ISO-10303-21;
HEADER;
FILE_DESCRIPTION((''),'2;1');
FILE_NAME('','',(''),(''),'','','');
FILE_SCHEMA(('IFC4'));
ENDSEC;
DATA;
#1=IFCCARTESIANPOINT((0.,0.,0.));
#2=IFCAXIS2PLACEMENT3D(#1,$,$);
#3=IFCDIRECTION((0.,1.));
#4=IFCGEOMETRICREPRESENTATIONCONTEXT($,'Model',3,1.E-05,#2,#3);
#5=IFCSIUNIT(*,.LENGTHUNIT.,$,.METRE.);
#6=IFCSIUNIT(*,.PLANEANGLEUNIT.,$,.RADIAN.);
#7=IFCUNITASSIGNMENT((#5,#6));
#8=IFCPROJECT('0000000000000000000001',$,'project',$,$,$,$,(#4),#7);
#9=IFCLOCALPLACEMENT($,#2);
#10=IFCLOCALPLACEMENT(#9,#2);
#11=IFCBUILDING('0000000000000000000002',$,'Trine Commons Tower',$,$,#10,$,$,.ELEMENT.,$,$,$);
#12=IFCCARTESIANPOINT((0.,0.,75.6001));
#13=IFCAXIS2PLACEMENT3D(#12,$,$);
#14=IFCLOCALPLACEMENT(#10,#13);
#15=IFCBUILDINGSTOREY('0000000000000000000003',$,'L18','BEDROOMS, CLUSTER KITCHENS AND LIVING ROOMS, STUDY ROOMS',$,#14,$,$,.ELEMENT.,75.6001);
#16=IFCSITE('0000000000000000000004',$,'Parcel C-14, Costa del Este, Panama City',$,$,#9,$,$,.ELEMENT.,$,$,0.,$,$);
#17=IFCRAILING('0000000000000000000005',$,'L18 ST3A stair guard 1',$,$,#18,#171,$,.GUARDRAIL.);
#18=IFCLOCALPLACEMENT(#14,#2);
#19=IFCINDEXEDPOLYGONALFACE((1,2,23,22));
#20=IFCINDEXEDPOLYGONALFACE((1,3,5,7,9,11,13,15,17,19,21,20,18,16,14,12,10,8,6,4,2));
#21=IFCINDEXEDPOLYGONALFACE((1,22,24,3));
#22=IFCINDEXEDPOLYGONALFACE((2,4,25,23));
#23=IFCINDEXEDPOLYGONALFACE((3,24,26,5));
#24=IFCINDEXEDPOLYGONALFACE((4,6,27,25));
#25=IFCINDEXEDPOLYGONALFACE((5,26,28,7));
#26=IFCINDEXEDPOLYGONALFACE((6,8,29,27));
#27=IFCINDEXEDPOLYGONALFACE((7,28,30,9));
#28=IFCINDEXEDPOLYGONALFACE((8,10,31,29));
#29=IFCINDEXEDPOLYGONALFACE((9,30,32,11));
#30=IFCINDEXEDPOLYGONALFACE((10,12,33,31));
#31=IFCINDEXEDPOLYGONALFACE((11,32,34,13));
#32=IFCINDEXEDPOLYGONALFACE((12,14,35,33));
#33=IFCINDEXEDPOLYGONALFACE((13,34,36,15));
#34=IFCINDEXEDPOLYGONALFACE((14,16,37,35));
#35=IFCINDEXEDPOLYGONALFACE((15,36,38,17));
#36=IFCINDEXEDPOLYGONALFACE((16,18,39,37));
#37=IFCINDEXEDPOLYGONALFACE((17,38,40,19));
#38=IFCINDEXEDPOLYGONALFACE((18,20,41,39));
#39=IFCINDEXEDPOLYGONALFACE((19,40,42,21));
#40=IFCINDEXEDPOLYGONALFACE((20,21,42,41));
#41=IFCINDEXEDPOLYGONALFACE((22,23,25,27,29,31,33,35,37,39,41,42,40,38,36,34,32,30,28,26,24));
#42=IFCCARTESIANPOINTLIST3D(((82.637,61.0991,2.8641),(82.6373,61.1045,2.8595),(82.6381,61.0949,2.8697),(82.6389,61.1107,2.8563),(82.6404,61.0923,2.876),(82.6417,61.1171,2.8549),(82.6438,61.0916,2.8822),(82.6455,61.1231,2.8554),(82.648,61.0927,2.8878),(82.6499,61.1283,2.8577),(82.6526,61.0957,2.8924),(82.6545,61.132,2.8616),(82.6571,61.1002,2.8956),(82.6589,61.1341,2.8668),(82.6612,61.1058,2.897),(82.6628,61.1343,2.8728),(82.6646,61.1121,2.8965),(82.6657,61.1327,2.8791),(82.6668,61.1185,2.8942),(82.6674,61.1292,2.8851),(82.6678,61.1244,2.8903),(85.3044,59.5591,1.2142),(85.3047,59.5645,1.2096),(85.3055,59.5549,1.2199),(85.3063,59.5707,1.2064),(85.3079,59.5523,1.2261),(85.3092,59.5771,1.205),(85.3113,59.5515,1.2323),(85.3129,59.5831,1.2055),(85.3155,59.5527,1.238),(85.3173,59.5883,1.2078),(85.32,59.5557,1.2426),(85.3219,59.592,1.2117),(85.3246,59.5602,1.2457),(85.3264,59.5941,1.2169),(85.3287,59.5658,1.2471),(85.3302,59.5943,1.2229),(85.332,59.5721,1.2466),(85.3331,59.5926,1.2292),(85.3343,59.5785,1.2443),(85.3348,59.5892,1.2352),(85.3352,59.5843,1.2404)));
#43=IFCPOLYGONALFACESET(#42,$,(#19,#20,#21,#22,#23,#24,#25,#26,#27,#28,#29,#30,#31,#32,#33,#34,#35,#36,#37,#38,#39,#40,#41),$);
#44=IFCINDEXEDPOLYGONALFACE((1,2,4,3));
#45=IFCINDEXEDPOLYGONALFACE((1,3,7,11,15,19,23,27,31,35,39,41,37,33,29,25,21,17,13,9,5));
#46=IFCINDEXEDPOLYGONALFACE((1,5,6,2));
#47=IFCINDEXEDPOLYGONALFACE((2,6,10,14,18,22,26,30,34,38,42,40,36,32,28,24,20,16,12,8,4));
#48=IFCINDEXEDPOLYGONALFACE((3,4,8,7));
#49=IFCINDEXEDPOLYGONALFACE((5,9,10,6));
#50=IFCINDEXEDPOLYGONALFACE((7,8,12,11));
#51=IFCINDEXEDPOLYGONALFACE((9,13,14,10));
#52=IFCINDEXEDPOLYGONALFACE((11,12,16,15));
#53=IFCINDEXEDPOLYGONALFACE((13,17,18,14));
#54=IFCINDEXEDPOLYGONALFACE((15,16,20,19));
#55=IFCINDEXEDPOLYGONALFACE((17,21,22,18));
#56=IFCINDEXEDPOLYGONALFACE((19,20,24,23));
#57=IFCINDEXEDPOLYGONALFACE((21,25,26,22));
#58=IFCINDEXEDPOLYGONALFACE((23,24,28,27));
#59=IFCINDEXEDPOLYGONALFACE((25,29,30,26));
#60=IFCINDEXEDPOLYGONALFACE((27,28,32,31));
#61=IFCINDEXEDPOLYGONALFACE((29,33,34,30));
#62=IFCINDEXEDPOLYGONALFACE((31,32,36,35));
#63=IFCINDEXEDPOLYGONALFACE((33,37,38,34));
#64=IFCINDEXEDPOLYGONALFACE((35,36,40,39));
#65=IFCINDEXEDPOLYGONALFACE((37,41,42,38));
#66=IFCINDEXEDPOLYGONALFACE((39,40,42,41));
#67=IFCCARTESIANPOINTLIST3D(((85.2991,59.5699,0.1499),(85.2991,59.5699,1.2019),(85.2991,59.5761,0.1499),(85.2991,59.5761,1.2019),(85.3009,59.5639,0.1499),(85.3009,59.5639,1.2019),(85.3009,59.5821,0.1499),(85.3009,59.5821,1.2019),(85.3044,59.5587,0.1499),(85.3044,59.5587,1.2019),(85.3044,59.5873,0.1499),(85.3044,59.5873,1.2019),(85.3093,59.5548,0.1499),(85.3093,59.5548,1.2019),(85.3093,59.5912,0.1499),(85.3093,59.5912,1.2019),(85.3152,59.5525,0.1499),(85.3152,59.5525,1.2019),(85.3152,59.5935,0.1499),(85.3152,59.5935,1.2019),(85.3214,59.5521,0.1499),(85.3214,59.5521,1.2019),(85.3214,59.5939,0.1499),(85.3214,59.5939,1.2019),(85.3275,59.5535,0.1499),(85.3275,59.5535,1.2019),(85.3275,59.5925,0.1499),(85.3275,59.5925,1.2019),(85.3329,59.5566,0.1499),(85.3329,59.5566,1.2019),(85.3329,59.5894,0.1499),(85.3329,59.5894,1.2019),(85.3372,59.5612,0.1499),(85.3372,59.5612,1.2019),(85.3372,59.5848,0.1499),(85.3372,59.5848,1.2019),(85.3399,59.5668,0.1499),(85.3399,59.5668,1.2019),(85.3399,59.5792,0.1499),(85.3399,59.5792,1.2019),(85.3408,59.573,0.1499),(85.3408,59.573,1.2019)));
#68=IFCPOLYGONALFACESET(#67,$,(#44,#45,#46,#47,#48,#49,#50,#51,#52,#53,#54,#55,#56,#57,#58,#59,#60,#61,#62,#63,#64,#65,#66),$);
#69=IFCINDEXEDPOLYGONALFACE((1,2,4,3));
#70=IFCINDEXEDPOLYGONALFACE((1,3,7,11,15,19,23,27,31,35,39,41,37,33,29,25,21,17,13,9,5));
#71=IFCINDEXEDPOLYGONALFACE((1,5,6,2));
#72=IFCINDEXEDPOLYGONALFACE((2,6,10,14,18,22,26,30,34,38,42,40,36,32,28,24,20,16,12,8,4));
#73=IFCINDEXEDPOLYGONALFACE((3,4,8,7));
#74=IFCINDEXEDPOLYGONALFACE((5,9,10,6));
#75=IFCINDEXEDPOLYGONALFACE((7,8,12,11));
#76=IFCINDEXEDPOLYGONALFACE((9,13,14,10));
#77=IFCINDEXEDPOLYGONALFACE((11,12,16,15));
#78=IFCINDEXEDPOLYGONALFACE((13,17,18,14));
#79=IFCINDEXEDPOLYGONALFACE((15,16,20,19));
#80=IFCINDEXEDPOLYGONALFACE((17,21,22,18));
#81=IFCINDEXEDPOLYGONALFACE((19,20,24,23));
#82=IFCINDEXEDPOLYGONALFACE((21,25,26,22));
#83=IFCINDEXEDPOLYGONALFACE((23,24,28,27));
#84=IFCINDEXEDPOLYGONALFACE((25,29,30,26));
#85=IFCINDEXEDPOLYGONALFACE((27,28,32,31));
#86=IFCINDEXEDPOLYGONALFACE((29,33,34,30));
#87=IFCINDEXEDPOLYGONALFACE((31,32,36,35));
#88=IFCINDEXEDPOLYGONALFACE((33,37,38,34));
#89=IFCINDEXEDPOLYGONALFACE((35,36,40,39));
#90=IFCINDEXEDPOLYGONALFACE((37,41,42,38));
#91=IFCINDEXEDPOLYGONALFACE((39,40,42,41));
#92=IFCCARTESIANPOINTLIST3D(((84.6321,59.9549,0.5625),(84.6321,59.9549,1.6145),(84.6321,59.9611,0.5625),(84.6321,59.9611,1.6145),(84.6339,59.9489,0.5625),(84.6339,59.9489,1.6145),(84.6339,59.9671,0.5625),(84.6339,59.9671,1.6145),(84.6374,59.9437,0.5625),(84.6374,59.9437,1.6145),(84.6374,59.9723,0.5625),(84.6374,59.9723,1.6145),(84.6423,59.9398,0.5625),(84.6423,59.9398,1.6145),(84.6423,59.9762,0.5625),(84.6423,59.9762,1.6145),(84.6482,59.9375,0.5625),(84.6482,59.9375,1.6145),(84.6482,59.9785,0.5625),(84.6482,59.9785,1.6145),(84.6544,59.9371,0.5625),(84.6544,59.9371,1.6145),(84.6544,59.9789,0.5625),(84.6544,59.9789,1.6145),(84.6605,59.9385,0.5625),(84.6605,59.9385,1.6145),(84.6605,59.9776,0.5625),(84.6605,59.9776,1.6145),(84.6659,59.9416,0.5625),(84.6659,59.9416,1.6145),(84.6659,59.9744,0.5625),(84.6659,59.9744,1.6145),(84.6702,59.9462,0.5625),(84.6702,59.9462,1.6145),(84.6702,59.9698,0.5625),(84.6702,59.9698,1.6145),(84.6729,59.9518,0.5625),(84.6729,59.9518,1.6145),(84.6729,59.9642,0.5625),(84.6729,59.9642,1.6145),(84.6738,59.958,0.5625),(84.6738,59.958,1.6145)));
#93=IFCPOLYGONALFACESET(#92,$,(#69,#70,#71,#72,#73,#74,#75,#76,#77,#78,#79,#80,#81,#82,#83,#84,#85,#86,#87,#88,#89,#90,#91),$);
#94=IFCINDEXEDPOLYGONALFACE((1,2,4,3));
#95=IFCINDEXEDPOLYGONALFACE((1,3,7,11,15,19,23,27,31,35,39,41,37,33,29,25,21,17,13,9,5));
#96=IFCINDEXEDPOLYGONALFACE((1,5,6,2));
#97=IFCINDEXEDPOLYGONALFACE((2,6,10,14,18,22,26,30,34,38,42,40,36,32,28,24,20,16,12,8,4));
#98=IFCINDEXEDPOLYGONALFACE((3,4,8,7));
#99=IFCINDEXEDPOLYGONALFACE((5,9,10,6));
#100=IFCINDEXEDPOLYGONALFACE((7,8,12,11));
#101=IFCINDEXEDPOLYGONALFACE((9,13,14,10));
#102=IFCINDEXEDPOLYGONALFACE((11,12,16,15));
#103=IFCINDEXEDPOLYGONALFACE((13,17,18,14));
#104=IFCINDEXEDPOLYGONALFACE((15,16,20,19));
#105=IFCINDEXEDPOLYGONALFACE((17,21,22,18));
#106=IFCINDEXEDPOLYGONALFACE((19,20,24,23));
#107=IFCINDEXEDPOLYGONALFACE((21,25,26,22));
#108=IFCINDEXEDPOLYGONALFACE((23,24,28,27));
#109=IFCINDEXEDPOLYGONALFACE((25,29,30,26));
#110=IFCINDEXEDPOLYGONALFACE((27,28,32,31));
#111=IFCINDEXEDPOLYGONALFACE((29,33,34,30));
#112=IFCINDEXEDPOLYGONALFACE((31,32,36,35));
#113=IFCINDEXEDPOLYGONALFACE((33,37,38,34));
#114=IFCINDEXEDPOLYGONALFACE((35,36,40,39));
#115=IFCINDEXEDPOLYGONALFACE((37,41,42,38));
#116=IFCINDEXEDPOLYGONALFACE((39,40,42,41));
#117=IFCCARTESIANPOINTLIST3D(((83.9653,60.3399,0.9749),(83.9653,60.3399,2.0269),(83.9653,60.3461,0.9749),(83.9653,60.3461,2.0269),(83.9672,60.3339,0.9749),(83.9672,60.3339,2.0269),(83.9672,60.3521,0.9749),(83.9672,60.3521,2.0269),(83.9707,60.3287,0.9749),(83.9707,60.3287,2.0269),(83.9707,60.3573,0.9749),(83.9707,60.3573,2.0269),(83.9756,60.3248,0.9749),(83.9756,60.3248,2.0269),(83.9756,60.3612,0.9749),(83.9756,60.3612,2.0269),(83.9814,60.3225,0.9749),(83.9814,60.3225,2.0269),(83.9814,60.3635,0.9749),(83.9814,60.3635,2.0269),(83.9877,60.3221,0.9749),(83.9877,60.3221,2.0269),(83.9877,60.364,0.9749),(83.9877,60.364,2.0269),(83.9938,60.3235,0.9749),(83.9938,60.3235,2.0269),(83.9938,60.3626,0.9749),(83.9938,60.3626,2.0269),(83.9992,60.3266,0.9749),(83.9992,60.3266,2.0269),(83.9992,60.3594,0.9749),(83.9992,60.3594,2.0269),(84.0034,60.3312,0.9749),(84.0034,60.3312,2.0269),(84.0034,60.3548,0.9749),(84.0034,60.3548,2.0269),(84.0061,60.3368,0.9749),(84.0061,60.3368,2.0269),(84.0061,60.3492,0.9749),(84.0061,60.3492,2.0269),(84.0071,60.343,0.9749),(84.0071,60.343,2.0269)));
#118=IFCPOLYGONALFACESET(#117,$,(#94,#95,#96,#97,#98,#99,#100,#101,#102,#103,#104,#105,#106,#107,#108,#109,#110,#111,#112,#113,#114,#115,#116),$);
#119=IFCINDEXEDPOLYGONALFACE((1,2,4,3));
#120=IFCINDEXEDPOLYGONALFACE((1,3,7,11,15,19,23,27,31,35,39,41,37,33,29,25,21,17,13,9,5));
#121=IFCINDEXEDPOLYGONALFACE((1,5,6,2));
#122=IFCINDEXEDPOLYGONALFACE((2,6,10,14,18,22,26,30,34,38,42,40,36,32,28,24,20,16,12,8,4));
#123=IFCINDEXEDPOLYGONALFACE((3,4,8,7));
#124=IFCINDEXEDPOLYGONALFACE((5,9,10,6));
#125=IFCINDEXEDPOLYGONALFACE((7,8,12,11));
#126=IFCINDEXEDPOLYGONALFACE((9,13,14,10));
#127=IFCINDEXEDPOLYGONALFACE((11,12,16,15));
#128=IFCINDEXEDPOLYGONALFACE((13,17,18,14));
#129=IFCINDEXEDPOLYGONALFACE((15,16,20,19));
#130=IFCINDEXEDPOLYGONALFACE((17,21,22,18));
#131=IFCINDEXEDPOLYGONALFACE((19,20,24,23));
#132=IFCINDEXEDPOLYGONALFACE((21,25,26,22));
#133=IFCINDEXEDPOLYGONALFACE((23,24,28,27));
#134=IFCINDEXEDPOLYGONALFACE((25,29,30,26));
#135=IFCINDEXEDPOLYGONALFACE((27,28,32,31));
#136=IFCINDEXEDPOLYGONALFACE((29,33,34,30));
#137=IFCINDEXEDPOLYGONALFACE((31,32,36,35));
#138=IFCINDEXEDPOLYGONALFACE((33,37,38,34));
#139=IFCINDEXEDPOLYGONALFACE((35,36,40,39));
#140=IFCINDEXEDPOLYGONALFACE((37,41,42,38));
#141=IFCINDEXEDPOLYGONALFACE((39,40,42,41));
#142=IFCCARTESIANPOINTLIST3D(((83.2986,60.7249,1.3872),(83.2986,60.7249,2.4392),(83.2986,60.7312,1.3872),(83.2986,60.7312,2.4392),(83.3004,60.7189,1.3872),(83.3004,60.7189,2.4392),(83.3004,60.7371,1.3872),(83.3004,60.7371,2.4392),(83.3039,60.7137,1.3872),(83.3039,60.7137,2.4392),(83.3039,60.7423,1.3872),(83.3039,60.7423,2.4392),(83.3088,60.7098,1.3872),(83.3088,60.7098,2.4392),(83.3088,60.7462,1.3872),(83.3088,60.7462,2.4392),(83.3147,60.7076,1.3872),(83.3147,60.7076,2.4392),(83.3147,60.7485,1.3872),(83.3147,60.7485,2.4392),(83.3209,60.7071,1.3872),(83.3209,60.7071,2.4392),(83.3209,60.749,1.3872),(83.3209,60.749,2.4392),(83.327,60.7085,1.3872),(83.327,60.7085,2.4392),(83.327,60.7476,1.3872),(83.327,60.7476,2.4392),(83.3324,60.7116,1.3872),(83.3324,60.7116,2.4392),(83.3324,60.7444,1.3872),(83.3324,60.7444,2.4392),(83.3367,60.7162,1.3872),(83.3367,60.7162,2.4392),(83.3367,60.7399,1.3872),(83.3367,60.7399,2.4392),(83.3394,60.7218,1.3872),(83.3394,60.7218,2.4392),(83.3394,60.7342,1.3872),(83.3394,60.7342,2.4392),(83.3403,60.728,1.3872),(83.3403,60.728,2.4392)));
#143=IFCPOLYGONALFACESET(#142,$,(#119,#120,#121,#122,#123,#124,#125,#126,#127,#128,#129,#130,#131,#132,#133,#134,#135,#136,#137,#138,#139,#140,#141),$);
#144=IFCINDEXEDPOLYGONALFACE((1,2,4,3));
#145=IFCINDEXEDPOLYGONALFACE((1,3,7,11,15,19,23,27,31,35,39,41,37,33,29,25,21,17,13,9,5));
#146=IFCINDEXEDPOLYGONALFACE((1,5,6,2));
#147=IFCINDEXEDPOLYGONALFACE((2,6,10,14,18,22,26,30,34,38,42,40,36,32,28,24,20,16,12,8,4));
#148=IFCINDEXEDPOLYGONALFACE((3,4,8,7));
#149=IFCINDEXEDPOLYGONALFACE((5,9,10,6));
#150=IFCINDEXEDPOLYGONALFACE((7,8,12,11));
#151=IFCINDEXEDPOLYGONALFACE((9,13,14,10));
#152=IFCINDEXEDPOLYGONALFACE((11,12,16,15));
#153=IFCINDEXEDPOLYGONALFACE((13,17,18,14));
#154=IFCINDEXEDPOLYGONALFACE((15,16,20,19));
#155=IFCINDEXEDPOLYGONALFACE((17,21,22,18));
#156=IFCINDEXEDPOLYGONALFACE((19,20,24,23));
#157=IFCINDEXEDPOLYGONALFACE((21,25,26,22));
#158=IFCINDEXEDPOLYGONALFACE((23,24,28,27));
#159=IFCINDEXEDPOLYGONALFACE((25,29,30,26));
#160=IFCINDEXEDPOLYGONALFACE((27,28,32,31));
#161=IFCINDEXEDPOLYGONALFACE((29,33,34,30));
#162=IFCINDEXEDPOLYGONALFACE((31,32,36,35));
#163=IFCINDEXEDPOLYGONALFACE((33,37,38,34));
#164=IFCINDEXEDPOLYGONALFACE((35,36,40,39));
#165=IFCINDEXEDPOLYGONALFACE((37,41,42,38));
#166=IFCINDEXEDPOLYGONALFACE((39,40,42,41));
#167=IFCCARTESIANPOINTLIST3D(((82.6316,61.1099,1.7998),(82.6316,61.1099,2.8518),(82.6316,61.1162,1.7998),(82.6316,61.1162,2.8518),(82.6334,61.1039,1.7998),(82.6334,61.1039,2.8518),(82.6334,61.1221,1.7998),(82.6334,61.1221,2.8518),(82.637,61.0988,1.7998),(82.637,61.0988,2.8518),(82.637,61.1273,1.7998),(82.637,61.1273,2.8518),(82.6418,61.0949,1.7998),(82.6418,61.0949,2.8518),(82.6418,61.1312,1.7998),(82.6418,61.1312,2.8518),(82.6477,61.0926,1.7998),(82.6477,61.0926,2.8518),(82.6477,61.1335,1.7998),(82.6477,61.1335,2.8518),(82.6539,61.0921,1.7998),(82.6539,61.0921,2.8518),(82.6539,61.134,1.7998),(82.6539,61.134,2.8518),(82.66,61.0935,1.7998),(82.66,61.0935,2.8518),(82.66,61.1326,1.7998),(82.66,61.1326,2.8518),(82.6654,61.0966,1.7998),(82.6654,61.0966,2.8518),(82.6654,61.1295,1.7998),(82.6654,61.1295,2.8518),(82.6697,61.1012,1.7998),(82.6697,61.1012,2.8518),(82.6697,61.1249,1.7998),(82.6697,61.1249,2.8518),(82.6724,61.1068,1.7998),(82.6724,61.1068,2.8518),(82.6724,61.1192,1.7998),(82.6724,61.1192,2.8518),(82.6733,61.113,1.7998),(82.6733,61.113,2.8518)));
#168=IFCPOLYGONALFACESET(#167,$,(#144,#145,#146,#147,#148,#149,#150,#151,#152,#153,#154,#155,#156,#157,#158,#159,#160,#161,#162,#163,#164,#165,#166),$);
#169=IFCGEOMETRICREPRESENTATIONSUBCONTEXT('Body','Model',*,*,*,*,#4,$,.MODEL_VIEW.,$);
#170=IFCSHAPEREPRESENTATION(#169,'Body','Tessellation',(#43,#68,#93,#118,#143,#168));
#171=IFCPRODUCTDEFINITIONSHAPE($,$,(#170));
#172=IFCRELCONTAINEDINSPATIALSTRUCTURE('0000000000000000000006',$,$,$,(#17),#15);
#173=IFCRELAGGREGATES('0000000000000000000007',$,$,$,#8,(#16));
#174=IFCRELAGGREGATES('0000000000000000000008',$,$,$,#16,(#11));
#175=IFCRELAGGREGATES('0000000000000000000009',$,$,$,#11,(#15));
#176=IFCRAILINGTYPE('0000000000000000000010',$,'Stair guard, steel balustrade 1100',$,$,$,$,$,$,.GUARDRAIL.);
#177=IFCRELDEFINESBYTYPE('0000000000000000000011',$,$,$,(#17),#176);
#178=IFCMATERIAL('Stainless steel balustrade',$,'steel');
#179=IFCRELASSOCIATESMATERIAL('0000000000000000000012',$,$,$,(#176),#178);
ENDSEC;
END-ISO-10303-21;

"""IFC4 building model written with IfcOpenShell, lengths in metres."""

from ifc_helpers import new_model, si_unit, direction, frame, origin, origin_2d, place, context, subcontext, project, spatial, circle, extrude, material, type_object, element, save


model = new_model("IFC4")

# Units and contexts
model_context = context("Model", 3, precision=1e-05, world=origin(), true_north=direction((0.0, 1.0)))
body_context = subcontext(model_context, "Body", "Model", "MODEL_VIEW")
ifc_project = project(units=[si_unit("LENGTHUNIT", "METRE"), si_unit("PLANEANGLEUNIT", "RADIAN")], contexts=[model_context])

# Site, building, storey
site_placement = place(None, origin())
site = spatial("IfcSite", under=ifc_project, at=site_placement, Name="Parcel C-14, Costa del Este, Panama City", CompositionType="ELEMENT", RefElevation=0.0)
building_placement = place(site_placement, origin())
building = spatial("IfcBuilding", under=site, at=building_placement, Name="Trine Commons Tower", CompositionType="ELEMENT")
storey_placement = place(building_placement, frame((0.0, 0.0, 75.6001)))
storey = spatial("IfcBuildingStorey", under=building, at=storey_placement, Name="L18", Description="BEDROOMS, CLUSTER KITCHENS AND LIVING ROOMS, STUDY ROOMS", CompositionType="ELEMENT", Elevation=75.6001)

# Railing
ifc_material_1 = material(Name="Stainless steel balustrade", Category="steel")
railing_type_1 = type_object("IfcRailingType", Name="Stair guard, steel balustrade 1100", PredefinedType="GUARDRAIL", material=ifc_material_1)
railing_1_placement = place(storey_placement, frame((85.3198, 59.573, 0.1499)))
element("IfcRailing", 1, at=railing_1_placement, inside=storey, type_object=railing_type_1, Name="L18 ST3A stair guard 1", PredefinedType="GUARDRAIL", context=body_context, shape_type="SweptSolid", body=[
    extrude(circle(Radius=0.0239, at=origin_2d()), frame((0.0, 0.0, 1.0762), z_axis=(-0.763405, 0.440743, 0.472185), x_axis=(-0.499992, -0.86603, 0.0)), (0.0, 0.0, 1.0), 3.4941),
    extrude(circle(Radius=0.021, at=origin_2d()), origin(), (0.0, 0.0, 1.0), 1.052),
    extrude(circle(Radius=0.021, at=origin_2d()), frame((-0.667, 0.385, 0.4126)), (0.0, 0.0, 1.0), 1.052),
    extrude(circle(Radius=0.021, at=origin_2d()), frame((-1.3337, 0.77, 0.825)), (0.0, 0.0, 1.0), 1.052),
    extrude(circle(Radius=0.021, at=origin_2d()), frame((-2.0005, 1.155, 1.2373)), (0.0, 0.0, 1.0), 1.052),
    extrude(circle(Radius=0.021, at=origin_2d()), frame((-2.6675, 1.54, 1.6499)), (0.0, 0.0, 1.0), 1.052),
])

save(model, "model.ifc")
